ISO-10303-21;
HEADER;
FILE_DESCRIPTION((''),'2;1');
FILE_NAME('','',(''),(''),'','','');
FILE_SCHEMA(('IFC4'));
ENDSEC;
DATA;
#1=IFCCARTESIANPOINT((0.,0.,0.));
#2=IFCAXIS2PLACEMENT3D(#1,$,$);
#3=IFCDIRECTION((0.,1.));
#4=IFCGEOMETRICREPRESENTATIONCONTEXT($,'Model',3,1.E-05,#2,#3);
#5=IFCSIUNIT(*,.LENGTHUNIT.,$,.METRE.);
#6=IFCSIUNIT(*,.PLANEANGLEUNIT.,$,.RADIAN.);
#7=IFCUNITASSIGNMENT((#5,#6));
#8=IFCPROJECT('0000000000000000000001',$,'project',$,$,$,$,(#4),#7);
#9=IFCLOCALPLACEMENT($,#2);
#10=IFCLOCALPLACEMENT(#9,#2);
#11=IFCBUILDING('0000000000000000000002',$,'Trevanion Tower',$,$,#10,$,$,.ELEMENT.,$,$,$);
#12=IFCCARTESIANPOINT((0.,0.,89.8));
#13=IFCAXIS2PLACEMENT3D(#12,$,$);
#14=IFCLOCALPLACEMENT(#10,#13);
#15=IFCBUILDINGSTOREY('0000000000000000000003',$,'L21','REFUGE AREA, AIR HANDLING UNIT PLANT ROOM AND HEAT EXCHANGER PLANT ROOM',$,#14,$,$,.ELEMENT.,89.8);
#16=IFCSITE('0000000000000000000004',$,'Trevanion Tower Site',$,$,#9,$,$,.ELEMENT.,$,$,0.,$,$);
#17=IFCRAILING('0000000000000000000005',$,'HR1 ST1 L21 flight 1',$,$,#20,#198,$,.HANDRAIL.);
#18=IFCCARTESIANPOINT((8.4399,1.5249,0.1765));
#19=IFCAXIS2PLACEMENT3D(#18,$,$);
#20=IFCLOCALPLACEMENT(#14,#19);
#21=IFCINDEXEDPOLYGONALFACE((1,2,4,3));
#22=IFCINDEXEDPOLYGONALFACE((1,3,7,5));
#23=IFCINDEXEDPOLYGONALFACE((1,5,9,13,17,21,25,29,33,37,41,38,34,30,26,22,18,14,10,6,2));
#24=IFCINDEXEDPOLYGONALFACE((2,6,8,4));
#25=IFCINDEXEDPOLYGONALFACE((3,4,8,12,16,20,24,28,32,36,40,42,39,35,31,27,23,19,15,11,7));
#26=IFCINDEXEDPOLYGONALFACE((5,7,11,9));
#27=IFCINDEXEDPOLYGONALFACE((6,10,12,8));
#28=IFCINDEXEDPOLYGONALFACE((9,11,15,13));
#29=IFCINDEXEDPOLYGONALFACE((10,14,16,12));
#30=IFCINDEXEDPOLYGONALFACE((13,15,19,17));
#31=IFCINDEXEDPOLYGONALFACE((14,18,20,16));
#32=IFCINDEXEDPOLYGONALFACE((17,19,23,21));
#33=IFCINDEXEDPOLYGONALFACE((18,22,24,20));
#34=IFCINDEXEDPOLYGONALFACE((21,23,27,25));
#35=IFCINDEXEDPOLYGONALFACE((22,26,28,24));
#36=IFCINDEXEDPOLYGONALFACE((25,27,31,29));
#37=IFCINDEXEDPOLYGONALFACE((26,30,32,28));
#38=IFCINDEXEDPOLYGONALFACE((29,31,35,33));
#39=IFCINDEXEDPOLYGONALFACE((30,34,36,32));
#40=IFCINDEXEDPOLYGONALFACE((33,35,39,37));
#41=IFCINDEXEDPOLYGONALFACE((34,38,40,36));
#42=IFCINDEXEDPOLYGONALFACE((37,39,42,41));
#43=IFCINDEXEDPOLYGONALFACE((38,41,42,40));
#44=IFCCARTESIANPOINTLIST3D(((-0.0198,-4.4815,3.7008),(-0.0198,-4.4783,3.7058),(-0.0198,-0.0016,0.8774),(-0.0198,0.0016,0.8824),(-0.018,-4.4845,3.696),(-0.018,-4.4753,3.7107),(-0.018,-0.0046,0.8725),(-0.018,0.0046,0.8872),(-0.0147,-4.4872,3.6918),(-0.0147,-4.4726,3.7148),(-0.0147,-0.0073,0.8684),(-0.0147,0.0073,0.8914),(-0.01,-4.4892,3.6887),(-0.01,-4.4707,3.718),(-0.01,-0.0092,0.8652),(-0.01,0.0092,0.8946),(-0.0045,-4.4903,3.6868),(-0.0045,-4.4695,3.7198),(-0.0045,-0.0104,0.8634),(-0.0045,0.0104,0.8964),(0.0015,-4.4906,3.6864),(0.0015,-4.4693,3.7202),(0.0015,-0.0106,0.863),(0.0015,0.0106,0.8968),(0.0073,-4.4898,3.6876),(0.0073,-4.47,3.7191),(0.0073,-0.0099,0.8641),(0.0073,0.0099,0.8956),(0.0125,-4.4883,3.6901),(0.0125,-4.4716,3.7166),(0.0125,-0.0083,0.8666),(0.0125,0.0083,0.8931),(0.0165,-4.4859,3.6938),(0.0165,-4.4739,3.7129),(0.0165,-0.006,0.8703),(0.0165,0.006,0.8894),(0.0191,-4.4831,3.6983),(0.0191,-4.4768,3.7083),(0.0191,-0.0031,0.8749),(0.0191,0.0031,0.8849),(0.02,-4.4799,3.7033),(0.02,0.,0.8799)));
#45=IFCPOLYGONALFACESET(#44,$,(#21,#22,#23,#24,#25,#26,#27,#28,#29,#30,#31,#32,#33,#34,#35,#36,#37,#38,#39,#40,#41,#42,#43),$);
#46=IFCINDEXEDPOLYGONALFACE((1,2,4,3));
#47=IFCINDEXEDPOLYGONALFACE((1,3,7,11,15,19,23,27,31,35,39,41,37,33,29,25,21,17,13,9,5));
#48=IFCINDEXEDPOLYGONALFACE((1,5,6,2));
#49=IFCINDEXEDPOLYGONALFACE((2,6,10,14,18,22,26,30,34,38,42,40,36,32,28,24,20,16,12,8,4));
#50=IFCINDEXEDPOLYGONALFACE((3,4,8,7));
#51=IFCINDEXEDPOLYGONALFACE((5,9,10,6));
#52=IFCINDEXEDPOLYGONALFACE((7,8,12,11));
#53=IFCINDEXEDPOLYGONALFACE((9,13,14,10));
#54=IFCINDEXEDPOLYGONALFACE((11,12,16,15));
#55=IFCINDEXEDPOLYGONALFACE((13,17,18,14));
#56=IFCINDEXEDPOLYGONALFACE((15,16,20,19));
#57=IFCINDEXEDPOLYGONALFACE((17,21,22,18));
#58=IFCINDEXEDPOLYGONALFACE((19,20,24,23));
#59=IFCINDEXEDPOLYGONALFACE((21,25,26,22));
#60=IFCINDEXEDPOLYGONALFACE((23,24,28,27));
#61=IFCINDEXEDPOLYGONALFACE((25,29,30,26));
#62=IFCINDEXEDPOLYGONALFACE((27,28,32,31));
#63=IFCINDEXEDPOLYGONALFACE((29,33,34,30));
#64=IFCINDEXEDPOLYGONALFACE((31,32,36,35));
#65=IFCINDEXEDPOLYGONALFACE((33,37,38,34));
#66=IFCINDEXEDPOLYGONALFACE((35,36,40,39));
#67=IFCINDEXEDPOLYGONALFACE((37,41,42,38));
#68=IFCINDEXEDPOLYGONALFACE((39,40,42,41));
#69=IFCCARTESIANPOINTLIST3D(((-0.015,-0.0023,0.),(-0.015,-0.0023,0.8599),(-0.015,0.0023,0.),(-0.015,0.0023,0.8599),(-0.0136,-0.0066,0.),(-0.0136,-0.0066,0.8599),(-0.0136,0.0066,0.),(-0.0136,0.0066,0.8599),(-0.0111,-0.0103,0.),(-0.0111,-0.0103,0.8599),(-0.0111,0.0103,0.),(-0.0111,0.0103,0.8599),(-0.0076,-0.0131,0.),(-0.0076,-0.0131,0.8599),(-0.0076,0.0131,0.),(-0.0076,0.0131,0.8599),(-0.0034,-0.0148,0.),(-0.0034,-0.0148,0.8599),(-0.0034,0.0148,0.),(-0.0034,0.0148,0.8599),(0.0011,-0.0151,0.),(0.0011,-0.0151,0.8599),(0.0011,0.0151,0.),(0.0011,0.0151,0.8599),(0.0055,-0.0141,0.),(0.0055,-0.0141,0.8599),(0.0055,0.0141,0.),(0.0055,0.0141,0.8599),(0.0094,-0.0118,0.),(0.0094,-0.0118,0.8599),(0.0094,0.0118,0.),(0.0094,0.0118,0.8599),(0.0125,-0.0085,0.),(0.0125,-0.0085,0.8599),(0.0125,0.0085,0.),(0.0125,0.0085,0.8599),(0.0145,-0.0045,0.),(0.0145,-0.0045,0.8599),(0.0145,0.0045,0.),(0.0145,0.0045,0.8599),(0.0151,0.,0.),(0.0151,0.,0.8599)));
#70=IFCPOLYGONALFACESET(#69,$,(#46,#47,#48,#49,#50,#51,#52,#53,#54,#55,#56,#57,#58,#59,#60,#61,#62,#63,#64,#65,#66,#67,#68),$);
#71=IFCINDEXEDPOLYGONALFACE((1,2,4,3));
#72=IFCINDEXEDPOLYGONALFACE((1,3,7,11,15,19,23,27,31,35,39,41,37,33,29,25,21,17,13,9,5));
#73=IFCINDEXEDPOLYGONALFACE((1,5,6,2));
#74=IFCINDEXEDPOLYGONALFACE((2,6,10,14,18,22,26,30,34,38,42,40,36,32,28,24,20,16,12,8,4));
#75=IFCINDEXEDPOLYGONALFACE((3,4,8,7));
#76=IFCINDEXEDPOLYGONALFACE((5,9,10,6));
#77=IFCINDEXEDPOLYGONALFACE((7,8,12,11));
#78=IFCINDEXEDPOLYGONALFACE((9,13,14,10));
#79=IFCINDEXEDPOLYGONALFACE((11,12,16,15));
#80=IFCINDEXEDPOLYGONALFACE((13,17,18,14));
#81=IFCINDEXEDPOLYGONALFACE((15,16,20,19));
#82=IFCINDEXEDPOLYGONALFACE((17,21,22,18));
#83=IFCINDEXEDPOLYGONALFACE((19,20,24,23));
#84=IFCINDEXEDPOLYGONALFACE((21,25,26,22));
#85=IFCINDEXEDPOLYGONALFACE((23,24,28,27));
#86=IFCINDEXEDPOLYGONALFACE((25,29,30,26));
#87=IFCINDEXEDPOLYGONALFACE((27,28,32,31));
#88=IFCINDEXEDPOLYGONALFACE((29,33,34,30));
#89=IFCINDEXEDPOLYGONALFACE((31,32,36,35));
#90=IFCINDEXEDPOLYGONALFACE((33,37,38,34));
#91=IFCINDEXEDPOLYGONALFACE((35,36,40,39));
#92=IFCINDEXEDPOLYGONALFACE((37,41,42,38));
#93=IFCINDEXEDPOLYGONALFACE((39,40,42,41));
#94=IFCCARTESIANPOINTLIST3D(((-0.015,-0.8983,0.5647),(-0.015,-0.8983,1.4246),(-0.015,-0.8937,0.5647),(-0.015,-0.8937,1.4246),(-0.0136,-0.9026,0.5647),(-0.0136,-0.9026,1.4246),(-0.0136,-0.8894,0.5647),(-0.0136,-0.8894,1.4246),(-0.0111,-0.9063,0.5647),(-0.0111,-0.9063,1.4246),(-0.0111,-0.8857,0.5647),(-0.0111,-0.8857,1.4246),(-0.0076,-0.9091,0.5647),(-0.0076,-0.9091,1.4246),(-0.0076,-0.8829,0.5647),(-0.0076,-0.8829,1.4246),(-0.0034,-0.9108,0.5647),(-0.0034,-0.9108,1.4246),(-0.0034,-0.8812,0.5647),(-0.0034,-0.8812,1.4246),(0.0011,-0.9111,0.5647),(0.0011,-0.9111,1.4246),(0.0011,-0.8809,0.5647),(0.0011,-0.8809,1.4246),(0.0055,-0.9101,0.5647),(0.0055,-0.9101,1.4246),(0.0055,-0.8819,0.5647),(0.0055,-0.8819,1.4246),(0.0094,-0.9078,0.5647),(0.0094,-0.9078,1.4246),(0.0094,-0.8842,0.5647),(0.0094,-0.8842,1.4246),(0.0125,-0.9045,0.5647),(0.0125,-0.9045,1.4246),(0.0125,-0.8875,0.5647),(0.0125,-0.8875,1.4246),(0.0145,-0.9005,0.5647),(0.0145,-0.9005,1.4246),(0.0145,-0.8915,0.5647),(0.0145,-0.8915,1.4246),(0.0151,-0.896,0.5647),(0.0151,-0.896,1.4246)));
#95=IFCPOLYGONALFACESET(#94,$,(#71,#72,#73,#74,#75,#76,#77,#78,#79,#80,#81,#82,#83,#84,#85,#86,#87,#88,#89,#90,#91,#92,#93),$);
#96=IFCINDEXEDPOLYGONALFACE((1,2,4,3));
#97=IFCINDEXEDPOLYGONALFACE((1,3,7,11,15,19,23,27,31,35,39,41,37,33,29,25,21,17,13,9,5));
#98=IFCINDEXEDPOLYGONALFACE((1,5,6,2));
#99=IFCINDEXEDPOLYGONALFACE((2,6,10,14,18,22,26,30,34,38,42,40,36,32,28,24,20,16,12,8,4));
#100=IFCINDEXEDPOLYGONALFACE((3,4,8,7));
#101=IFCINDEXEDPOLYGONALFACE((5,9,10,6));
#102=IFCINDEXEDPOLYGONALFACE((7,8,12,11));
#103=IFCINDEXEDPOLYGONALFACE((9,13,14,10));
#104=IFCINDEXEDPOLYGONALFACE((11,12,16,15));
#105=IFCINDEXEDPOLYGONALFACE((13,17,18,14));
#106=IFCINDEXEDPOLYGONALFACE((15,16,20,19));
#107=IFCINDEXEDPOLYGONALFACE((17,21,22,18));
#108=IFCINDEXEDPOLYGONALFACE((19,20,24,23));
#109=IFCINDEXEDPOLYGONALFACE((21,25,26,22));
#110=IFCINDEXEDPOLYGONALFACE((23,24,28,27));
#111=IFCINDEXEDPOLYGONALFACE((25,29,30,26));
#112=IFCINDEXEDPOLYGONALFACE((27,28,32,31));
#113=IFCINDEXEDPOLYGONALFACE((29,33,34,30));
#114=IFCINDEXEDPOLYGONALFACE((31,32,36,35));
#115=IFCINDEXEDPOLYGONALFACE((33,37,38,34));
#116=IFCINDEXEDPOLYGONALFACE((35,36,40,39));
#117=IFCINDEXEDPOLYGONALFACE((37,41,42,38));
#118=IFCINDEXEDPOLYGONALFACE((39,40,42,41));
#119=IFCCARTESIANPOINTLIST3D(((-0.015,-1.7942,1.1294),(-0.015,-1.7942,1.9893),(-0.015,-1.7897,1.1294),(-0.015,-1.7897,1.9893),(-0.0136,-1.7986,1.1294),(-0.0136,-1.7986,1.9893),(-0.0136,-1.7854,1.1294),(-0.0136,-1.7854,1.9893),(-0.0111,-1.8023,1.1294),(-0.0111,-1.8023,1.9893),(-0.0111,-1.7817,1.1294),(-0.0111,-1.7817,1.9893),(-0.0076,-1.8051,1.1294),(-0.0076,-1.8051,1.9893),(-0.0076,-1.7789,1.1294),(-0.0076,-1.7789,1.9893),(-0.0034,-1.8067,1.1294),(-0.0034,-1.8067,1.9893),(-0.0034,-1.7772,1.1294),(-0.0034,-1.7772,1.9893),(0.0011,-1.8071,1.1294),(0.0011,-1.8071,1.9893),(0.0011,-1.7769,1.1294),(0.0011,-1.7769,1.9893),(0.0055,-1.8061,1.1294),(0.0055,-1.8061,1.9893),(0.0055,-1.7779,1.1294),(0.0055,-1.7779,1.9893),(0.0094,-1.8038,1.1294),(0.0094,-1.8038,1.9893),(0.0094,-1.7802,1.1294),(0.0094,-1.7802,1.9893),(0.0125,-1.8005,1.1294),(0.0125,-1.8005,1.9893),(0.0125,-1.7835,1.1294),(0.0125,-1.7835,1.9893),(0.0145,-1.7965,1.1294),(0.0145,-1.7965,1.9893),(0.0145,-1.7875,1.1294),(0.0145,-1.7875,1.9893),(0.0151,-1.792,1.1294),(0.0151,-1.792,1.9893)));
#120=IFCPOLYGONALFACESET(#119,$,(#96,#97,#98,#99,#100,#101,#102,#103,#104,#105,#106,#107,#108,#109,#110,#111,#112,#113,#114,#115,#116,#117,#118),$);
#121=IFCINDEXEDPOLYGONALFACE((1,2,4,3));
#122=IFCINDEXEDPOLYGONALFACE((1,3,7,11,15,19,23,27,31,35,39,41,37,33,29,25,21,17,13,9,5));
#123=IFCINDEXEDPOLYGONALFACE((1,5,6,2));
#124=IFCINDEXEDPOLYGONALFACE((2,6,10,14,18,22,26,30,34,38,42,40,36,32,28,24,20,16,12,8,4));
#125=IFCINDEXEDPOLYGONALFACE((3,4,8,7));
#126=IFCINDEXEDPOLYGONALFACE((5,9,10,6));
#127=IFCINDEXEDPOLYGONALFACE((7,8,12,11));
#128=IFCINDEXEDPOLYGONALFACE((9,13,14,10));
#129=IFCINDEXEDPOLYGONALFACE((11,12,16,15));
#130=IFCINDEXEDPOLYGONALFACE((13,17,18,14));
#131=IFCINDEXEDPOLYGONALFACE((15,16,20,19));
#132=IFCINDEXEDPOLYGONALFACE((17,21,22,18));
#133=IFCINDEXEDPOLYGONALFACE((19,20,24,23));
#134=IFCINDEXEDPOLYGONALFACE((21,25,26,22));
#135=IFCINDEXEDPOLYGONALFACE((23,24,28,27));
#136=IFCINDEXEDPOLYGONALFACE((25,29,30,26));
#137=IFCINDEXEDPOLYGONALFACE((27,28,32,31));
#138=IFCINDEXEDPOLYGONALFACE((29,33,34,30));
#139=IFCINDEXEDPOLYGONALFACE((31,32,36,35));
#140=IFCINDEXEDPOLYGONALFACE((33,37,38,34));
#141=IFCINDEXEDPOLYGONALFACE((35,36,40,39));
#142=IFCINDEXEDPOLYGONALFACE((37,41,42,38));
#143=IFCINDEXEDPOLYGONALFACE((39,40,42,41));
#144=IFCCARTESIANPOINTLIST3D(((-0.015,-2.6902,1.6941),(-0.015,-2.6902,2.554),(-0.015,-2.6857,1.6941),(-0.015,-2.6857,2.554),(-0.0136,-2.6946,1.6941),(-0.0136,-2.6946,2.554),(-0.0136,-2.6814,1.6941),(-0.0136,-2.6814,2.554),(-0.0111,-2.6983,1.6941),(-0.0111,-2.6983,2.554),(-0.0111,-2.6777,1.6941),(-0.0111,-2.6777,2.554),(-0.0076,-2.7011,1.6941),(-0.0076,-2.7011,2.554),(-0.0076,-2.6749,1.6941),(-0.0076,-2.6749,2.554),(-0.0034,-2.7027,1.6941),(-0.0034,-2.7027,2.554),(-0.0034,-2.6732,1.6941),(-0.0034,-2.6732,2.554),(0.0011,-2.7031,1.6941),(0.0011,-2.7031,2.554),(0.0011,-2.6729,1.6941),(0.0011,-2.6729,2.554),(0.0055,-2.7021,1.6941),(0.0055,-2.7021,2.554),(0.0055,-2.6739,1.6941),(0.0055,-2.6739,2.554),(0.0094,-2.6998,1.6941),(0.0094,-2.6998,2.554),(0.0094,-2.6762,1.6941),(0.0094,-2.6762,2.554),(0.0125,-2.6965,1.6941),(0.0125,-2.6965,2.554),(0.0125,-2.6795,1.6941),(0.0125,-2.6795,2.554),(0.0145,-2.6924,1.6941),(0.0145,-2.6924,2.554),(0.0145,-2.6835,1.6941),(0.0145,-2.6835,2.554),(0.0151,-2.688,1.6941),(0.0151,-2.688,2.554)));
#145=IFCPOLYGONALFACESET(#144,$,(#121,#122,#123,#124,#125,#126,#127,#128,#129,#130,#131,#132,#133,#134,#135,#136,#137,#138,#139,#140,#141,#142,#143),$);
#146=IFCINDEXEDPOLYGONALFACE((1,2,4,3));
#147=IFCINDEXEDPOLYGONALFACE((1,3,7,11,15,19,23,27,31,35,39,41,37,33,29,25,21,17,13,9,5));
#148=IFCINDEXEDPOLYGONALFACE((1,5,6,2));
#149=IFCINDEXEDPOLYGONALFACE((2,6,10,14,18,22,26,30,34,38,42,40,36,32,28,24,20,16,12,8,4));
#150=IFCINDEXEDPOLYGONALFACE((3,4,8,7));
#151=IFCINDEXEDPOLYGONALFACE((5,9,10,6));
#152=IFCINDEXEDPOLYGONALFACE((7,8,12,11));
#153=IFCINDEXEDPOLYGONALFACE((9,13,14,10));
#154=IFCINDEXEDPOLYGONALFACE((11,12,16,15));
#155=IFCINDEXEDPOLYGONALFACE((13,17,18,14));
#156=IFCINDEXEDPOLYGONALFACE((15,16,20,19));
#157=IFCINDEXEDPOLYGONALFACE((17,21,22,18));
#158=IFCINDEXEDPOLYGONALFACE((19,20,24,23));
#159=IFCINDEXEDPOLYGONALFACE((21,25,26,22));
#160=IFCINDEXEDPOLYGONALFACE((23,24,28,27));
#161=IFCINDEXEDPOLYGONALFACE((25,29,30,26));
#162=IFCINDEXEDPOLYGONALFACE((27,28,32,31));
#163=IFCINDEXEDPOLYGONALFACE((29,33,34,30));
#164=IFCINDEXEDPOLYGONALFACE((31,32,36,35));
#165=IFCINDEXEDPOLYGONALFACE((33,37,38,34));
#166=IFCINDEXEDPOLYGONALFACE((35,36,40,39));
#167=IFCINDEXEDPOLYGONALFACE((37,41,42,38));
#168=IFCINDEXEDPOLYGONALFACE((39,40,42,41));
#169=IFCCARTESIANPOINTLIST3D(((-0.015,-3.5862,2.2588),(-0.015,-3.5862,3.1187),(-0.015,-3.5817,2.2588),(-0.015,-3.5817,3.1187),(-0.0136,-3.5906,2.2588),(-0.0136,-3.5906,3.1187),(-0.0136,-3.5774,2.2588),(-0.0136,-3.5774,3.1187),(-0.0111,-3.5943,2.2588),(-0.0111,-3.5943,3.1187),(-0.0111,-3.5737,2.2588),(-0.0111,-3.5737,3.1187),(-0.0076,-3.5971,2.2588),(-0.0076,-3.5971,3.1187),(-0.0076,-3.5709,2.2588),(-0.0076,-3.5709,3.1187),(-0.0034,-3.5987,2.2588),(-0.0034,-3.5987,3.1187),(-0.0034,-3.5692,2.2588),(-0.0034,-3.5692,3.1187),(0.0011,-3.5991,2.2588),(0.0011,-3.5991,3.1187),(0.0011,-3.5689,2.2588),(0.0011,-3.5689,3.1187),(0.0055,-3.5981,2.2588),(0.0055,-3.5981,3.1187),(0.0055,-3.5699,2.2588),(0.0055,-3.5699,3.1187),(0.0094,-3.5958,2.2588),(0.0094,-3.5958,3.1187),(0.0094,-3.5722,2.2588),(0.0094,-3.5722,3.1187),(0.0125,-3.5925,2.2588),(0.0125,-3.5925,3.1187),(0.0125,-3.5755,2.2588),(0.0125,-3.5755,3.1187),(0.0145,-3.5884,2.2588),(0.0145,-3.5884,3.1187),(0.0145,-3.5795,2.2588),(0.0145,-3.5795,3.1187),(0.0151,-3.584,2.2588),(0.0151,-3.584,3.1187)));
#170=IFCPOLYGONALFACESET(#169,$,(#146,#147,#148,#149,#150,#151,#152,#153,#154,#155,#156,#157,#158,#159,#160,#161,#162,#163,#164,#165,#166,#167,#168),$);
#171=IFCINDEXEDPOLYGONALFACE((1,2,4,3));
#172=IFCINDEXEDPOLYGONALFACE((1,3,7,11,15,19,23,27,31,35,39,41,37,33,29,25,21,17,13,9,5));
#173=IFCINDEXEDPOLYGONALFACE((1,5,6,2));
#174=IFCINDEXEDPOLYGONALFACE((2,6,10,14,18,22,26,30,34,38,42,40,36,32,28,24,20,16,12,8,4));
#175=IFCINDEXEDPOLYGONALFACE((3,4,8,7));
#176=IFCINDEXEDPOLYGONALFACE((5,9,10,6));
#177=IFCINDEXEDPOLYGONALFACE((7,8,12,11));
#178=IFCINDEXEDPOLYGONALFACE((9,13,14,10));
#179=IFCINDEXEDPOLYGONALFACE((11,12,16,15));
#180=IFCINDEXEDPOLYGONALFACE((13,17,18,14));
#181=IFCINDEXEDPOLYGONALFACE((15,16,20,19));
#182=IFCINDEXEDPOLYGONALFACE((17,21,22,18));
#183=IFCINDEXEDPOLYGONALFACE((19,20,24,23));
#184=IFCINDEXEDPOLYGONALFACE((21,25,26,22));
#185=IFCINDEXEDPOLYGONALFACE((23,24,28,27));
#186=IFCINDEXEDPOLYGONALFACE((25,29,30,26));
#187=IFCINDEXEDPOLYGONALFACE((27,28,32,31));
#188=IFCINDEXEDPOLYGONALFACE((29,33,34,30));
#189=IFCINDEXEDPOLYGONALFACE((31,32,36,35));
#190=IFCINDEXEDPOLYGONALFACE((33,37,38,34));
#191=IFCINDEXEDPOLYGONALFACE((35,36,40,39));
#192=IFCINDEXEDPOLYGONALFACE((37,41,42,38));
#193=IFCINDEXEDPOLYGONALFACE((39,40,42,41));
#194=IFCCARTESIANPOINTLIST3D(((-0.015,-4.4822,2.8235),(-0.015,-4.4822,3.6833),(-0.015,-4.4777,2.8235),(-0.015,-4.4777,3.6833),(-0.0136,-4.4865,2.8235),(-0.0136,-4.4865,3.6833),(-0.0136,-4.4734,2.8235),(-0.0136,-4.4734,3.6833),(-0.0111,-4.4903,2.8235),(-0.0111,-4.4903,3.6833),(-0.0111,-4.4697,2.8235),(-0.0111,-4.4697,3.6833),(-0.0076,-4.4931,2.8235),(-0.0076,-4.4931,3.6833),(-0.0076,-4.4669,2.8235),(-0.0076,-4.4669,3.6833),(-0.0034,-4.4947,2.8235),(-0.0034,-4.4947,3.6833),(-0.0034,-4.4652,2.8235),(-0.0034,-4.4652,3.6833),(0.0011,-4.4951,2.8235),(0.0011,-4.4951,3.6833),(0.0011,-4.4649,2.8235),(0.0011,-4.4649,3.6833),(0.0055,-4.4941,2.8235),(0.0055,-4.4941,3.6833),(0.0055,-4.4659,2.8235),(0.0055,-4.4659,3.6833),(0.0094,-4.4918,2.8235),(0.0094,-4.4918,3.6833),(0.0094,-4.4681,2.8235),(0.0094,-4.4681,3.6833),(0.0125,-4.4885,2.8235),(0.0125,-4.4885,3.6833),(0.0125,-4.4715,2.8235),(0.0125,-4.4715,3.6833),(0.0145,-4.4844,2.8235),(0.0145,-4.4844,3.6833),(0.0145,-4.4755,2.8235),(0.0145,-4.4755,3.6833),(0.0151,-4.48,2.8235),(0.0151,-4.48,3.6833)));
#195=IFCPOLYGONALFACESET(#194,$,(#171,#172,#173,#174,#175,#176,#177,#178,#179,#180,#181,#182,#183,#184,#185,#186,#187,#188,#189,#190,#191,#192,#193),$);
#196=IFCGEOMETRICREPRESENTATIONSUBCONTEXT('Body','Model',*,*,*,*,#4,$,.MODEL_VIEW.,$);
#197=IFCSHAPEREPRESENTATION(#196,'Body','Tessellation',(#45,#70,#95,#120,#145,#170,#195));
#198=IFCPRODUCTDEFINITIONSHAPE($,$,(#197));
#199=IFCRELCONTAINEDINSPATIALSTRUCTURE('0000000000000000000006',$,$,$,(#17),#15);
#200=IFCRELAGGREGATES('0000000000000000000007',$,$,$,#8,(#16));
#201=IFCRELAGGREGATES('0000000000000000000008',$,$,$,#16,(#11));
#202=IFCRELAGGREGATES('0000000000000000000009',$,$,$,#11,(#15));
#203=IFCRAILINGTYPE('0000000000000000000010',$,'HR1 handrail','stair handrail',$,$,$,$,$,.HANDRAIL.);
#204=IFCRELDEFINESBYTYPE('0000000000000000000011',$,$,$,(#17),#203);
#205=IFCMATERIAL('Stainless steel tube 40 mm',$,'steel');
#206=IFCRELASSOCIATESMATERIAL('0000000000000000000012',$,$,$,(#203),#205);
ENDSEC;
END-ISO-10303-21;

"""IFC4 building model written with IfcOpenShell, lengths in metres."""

from ifc_helpers import new_model, si_unit, direction, frame, origin, origin_2d, place, context, subcontext, project, spatial, circle, extrude, material, type_object, element, save


model = new_model("IFC4")

# Units and contexts
model_context = context("Model", 3, precision=1e-05, world=origin(), true_north=direction((0.0, 1.0)))
body_context = subcontext(model_context, "Body", "Model", "MODEL_VIEW")
ifc_project = project(units=[si_unit("LENGTHUNIT", "METRE"), si_unit("PLANEANGLEUNIT", "RADIAN")], contexts=[model_context])

# Site, building, storey
site_placement = place(None, origin())
site = spatial("IfcSite", under=ifc_project, at=site_placement, Name="Trevanion Tower Site", CompositionType="ELEMENT", RefElevation=0.0)
building_placement = place(site_placement, origin())
building = spatial("IfcBuilding", under=site, at=building_placement, Name="Trevanion Tower", CompositionType="ELEMENT")
storey_placement = place(building_placement, frame((0.0, 0.0, 89.8)))
storey = spatial("IfcBuildingStorey", under=building, at=storey_placement, Name="L21", Description="REFUGE AREA, AIR HANDLING UNIT PLANT ROOM AND HEAT EXCHANGER PLANT ROOM", CompositionType="ELEMENT", Elevation=89.8)

# Railing
ifc_material_1 = material(Name="Stainless steel tube 40 mm", Category="steel")
railing_type = type_object("IfcRailingType", Name="HR1 handrail", Description="stair handrail", PredefinedType="HANDRAIL", material=ifc_material_1)
for number, where, name in (
    (1, (8.4399, 1.5249, 0.1765), "HR1 ST1 L21 flight 1"),
):
    element("IfcRailing", number, at=place(storey_placement, frame(where)), inside=storey, type_object=railing_type, Name=name, PredefinedType="HANDRAIL", context=body_context, shape_type="SweptSolid", body=[
        extrude(circle(Radius=0.02, at=origin_2d()), frame((0.0, 0.0, 0.8799), z_axis=(0.0, -0.845998, 0.533186), x_axis=(1.0, 0.0, 0.0)), (0.0, 0.0, 1.0), 5.2954),
        extrude(circle(Radius=0.0151, at=origin_2d()), origin(), (0.0, 0.0, 1.0), 0.8599),
        extrude(circle(Radius=0.0151, at=origin_2d()), frame((0.0, -0.896, 0.5647)), (0.0, 0.0, 1.0), 0.8599),
        extrude(circle(Radius=0.0151, at=origin_2d()), frame((0.0, -1.792, 1.1294)), (0.0, 0.0, 1.0), 0.8599),
        extrude(circle(Radius=0.0151, at=origin_2d()), frame((0.0, -2.688, 1.6941)), (0.0, 0.0, 1.0), 0.8599),
        extrude(circle(Radius=0.0151, at=origin_2d()), frame((0.0, -3.584, 2.2588)), (0.0, 0.0, 1.0), 0.8599),
        extrude(circle(Radius=0.0151, at=origin_2d()), frame((0.0, -4.48, 2.8235)), (0.0, 0.0, 1.0), 0.8599),
    ])

save(model, "model.ifc")
